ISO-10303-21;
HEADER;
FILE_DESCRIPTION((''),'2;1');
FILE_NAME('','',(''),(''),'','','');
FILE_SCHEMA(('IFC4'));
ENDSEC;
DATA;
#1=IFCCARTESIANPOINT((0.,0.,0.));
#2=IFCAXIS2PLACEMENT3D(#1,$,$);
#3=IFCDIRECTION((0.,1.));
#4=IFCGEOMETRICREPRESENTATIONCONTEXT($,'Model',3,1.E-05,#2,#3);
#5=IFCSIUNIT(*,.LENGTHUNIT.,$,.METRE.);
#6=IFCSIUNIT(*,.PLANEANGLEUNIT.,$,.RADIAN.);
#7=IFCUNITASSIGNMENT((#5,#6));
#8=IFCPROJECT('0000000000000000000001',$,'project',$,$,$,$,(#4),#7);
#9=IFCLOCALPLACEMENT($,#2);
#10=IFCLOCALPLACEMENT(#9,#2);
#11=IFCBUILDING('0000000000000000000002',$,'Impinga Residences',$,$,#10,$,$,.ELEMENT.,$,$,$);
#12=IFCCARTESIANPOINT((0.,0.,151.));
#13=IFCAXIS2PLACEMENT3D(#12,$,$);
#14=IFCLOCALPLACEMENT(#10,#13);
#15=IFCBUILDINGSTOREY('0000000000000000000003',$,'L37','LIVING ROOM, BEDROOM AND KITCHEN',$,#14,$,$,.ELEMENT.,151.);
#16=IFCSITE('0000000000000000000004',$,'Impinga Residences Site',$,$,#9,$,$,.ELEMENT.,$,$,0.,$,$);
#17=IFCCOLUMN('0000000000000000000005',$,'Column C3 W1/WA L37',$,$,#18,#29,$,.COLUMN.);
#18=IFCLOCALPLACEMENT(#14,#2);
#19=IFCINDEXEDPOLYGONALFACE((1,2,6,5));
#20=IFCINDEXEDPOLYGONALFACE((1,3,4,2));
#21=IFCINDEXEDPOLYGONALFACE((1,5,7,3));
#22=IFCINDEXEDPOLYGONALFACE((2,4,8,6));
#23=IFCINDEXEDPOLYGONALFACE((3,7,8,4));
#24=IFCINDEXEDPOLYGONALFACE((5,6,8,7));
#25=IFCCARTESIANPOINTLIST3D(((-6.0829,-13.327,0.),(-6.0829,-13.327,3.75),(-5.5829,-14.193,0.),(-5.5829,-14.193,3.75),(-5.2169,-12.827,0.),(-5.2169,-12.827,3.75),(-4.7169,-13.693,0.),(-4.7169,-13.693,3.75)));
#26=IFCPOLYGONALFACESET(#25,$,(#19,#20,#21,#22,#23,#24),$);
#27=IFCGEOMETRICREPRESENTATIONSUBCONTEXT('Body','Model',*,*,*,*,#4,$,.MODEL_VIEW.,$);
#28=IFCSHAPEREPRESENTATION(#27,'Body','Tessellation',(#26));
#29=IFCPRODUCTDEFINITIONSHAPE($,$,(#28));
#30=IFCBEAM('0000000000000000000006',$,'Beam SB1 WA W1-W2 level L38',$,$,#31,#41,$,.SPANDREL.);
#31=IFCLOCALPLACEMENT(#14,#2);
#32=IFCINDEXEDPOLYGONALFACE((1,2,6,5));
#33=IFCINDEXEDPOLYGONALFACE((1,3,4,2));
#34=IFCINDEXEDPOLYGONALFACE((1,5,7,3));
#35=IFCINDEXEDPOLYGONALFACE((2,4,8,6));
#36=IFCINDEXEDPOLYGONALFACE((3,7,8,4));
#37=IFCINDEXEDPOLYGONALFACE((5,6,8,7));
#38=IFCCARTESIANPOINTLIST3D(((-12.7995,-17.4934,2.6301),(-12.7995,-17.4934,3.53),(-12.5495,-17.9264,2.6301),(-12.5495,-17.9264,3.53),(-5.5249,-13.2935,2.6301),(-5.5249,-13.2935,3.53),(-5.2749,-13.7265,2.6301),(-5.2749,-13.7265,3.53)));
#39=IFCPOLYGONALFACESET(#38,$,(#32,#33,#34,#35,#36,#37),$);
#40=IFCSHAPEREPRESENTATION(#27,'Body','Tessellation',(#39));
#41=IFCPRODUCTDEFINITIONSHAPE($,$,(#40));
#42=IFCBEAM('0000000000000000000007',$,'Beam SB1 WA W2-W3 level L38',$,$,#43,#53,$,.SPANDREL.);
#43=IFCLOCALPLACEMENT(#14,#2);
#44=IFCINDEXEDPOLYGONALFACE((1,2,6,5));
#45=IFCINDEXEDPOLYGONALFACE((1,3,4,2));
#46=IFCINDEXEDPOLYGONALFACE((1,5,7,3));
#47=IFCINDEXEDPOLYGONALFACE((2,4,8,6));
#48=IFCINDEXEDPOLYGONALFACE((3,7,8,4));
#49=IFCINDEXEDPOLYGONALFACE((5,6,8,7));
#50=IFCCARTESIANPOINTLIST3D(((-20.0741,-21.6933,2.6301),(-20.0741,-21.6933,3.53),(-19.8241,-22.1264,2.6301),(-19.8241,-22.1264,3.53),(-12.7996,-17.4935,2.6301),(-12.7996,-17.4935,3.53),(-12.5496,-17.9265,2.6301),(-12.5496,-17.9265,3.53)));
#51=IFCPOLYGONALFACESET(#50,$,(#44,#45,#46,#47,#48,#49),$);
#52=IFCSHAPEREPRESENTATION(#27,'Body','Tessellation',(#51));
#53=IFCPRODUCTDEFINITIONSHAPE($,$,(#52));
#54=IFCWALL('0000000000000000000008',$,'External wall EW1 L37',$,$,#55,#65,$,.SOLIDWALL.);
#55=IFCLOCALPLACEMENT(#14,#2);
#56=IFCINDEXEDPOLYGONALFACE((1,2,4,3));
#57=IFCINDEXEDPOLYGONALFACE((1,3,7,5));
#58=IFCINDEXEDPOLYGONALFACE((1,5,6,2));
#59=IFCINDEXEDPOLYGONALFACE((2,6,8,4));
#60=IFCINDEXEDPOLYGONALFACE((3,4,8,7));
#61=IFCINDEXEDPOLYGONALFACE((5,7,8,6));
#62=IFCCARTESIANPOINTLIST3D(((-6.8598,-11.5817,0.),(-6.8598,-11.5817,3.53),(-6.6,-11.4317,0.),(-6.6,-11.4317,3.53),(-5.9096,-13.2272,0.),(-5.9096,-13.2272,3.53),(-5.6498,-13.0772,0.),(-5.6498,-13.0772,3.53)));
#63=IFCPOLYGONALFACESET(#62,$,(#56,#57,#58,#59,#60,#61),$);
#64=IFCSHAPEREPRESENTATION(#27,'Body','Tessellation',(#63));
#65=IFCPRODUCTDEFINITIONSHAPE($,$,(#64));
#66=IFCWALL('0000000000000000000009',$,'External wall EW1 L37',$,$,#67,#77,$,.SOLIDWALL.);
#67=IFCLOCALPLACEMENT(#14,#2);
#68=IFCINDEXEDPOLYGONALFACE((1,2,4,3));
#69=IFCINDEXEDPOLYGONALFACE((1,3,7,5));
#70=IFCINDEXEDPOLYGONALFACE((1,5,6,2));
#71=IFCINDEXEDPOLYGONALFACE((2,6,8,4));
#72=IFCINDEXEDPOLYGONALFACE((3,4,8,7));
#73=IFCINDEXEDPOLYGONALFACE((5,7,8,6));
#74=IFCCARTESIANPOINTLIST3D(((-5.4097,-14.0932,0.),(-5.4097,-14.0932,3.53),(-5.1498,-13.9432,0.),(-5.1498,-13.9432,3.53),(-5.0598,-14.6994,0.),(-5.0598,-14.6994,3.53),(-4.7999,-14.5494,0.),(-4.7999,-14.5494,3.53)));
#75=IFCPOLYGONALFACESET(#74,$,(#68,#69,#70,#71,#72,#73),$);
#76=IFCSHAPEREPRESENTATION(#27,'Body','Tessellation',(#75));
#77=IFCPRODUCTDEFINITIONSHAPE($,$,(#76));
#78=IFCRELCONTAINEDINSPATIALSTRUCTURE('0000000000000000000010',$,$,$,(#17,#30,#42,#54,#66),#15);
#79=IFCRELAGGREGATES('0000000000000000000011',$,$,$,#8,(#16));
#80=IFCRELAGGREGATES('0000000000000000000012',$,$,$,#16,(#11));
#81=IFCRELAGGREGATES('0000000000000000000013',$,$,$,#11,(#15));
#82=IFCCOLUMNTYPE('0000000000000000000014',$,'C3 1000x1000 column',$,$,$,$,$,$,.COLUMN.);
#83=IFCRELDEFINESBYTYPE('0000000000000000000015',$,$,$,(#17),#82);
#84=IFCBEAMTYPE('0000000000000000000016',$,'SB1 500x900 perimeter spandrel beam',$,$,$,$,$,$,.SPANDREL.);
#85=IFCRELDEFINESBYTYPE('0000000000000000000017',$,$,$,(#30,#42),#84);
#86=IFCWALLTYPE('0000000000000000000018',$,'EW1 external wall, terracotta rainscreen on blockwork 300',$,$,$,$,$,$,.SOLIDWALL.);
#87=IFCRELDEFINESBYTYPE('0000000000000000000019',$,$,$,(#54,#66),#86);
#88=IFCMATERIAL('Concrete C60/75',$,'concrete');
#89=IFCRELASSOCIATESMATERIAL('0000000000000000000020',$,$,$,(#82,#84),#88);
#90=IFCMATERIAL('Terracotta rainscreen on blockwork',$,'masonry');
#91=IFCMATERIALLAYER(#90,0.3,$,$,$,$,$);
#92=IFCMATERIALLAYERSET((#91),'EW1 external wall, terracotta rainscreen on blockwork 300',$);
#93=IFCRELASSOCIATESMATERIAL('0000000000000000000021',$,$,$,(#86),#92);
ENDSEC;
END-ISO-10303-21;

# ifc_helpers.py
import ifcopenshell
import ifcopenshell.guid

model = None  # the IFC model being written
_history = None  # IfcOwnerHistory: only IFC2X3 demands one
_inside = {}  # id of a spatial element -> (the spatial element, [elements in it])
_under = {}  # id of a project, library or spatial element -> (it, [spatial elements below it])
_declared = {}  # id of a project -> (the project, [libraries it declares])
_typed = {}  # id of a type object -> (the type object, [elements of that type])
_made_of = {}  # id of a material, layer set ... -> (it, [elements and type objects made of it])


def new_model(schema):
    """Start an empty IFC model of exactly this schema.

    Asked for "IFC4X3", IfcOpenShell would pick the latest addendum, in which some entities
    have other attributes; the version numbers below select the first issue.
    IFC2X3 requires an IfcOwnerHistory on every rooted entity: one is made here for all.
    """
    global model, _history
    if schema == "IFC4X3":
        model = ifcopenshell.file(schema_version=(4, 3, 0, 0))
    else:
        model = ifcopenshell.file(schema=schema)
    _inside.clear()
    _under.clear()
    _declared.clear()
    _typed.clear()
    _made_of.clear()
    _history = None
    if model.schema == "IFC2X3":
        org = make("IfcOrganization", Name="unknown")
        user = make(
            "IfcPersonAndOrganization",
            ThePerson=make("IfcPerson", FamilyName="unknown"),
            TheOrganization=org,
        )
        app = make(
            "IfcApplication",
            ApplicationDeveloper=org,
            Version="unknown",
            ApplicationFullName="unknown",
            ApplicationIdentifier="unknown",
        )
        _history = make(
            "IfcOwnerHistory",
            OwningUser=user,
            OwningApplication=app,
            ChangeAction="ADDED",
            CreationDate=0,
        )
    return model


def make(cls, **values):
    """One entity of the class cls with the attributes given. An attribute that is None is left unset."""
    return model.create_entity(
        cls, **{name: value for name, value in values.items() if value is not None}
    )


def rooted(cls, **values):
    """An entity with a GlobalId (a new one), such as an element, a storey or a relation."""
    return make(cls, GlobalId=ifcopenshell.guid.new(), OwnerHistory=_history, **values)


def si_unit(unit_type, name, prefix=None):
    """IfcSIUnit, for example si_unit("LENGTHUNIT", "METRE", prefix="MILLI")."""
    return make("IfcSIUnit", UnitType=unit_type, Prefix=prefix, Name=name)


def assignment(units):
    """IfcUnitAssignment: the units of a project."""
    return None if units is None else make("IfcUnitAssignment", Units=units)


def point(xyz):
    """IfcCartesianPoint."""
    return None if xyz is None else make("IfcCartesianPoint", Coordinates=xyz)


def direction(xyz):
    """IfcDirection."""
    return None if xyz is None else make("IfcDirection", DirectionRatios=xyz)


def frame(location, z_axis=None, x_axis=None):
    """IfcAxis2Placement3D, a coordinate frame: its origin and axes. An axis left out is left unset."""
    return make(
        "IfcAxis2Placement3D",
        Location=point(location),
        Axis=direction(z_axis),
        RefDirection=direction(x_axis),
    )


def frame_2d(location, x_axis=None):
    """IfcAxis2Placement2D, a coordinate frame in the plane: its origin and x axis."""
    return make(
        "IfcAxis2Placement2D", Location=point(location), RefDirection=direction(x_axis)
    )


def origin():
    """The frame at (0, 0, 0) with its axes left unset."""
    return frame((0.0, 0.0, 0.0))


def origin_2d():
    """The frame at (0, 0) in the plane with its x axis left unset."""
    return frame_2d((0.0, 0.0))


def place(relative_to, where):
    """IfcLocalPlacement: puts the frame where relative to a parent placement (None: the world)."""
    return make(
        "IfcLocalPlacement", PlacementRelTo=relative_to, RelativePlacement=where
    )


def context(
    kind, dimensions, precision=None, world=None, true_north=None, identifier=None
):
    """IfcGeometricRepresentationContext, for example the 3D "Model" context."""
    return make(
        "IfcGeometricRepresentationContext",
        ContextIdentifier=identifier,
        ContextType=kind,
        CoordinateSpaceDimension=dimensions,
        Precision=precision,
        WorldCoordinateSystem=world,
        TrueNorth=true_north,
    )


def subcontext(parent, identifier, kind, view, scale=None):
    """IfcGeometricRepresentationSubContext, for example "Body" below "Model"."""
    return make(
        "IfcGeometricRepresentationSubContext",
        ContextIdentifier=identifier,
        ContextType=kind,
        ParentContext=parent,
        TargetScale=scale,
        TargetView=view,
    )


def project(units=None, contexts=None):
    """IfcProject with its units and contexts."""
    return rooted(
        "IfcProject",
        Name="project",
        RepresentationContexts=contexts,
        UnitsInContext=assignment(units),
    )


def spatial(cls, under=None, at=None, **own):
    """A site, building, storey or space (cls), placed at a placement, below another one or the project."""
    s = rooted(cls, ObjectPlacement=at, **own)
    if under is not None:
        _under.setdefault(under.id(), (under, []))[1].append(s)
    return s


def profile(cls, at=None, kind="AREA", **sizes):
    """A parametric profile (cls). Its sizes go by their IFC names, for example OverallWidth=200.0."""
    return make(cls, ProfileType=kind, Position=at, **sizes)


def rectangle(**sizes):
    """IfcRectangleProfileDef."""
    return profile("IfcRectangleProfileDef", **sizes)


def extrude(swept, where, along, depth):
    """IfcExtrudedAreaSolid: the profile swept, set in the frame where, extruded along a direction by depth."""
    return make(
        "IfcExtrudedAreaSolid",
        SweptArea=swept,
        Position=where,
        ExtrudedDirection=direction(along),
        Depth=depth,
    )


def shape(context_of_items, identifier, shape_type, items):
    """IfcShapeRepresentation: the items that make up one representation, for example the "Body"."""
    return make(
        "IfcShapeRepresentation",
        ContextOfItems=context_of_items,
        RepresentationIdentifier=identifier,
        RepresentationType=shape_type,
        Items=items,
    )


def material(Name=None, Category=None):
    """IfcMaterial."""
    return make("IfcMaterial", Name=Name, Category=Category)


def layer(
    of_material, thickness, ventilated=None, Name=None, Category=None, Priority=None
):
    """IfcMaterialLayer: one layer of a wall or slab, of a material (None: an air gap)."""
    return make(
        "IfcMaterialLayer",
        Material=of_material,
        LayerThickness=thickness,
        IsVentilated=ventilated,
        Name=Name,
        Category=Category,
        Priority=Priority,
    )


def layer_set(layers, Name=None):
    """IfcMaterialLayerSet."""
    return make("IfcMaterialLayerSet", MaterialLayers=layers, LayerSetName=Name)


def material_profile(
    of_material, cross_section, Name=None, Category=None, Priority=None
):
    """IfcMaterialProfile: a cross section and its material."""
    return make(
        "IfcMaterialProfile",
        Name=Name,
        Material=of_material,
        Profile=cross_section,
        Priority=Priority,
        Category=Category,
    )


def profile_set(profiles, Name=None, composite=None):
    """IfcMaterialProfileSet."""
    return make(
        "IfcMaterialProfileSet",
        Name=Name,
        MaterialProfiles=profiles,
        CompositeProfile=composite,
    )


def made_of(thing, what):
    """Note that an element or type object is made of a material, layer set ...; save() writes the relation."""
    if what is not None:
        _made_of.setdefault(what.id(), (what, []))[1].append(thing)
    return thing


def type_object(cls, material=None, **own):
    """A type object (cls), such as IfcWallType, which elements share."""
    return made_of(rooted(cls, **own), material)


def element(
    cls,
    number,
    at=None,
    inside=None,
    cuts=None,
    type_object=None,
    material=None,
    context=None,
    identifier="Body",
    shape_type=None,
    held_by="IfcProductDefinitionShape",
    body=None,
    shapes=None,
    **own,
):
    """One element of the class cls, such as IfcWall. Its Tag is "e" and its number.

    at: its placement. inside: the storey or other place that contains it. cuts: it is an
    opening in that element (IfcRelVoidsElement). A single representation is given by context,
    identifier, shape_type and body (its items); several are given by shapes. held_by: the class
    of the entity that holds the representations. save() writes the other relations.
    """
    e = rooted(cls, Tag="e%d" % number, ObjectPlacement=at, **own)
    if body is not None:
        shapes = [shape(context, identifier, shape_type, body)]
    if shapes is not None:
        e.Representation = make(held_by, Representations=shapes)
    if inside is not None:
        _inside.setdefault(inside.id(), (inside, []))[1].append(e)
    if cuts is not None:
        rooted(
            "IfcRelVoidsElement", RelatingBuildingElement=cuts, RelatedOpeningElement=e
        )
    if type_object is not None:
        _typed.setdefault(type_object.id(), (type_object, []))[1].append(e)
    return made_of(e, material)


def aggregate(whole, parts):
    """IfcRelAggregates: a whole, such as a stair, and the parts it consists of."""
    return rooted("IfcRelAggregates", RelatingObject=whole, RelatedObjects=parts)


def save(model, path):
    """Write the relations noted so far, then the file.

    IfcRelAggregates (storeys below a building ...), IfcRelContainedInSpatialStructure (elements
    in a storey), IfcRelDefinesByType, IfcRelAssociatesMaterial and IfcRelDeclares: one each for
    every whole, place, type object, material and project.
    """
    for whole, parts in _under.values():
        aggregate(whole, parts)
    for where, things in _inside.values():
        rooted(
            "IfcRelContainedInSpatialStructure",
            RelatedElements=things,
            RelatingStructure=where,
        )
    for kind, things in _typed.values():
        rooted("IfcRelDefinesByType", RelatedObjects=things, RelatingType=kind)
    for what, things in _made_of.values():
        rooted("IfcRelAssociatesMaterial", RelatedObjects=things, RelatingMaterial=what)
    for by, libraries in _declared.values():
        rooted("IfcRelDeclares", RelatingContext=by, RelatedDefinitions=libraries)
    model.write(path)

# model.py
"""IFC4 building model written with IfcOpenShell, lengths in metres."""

from ifc_helpers import new_model, si_unit, direction, frame, frame_2d, origin, origin_2d, place, context, subcontext, project, spatial, rectangle, extrude, material, layer, layer_set, material_profile, profile_set, type_object, element, save


model = new_model("IFC4")

# Units and contexts
model_context = context("Model", 3, precision=1e-05, world=origin(), true_north=direction((0.0, 1.0)))
body_context = subcontext(model_context, "Body", "Model", "MODEL_VIEW")
ifc_project = project(units=[si_unit("LENGTHUNIT", "METRE"), si_unit("PLANEANGLEUNIT", "RADIAN")], contexts=[model_context])

# Site, building, storey
site_placement = place(None, origin())
site = spatial("IfcSite", under=ifc_project, at=site_placement, Name="Impinga Residences Site", CompositionType="ELEMENT", RefElevation=0.0)
building_placement = place(site_placement, origin())
building = spatial("IfcBuilding", under=site, at=building_placement, Name="Impinga Residences", CompositionType="ELEMENT")
storey_placement = place(building_placement, frame((0.0, 0.0, 151.0)))
storey = spatial("IfcBuildingStorey", under=building, at=storey_placement, Name="L37", Description="LIVING ROOM, BEDROOM AND KITCHEN", CompositionType="ELEMENT", Elevation=151.0)

# Column
ifc_material_1 = material(Name="Concrete C60/75", Category="concrete")
ifc_material_profile_1 = material_profile(ifc_material_1, rectangle(XDim=1.0, YDim=1.0, at=origin_2d()), Name="RC 1000x1000")
ifc_profile_set_1 = profile_set([ifc_material_profile_1], Name="Concrete C60/75")
column_type = type_object("IfcColumnType", Name="C3 1000x1000 column", PredefinedType="COLUMN", material=ifc_profile_set_1)
column_placement = place(storey_placement, frame((-5.3999, -13.51, 0.0), z_axis=(0.0, 0.0, 1.0), x_axis=(-0.5, 0.866025, 0.0)))
element("IfcColumn", 1, at=column_placement, inside=storey, type_object=column_type, Name="Column C3 W1/WA L37", PredefinedType="COLUMN", context=body_context, shape_type="SweptSolid", body=[
    extrude(rectangle(XDim=1.0, YDim=1.0, at=origin_2d()), origin(), (0.0, 0.0, 1.0), 3.75),
])

# Beams
ifc_material_profile_2 = material_profile(ifc_material_1, rectangle(XDim=0.5, YDim=0.8999, at=origin_2d()), Name="RC 500x900")
ifc_profile_set_2 = profile_set([ifc_material_profile_2], Name="Concrete C60/75")
beam_type = type_object("IfcBeamType", Name="SB1 500x900 perimeter spandrel beam", PredefinedType="SPANDREL", material=ifc_profile_set_2)
for number, where, z_axis, x_axis, name in (
    (2, (-5.3999, -13.51, 3.0801), (-0.866029, -0.499993, 0.0), (0.499993, -0.866029, 0.0), "Beam SB1 WA W1-W2 level L38"),
    (3, (-12.6746, -17.71, 3.0801), (-0.866029, -0.499993, 0.0), (0.499993, -0.866029, 0.0), "Beam SB1 WA W2-W3 level L38"),
):
    element("IfcBeam", number, at=place(storey_placement, frame(where, z_axis=z_axis, x_axis=x_axis)), inside=storey, type_object=beam_type, Name=name, PredefinedType="SPANDREL", context=body_context, shape_type="SweptSolid", body=[
        extrude(rectangle(XDim=0.5, YDim=0.8999, at=origin_2d()), origin(), (0.0, 0.0, 1.0), 8.3999),
    ])

# Walls
ifc_material_2 = material(Name="Terracotta rainscreen on blockwork", Category="masonry")
ifc_layer_1 = layer(ifc_material_2, 0.3)
ifc_layer_set_1 = layer_set([ifc_layer_1], Name="EW1 external wall, terracotta rainscreen on blockwork 300")
wall_type_1 = type_object("IfcWallType", Name="EW1 external wall, terracotta rainscreen on blockwork 300", PredefinedType="SOLIDWALL", material=ifc_layer_set_1)
wall_1_placement = place(storey_placement, frame((-6.73, -11.5066, 0.0), z_axis=(0.0, 0.0, 1.0), x_axis=(0.500064, -0.865989, 0.0)))
element("IfcWall", 4, at=wall_1_placement, inside=storey, type_object=wall_type_1, Name="External wall EW1 L37", PredefinedType="SOLIDWALL", context=body_context, shape_type="SweptSolid", body=[
    extrude(rectangle(XDim=1.9001, YDim=0.3, at=frame_2d((0.9502, 0.0))), origin(), (0.0, 0.0, 1.0), 3.53),
])
wall_2_placement = place(storey_placement, frame((-5.2798, -14.0181, 0.0), z_axis=(0.0, 0.0, 1.0), x_axis=(0.499853, -0.86611, 0.0)))
element("IfcWall", 5, at=wall_2_placement, inside=storey, type_object=wall_type_1, Name="External wall EW1 L37", PredefinedType="SOLIDWALL", context=body_context, shape_type="SweptSolid", body=[
    extrude(rectangle(XDim=0.7, YDim=0.3, at=frame_2d((0.3501, 0.0))), origin(), (0.0, 0.0, 1.0), 3.53),
])

save(model, "model.ifc")
